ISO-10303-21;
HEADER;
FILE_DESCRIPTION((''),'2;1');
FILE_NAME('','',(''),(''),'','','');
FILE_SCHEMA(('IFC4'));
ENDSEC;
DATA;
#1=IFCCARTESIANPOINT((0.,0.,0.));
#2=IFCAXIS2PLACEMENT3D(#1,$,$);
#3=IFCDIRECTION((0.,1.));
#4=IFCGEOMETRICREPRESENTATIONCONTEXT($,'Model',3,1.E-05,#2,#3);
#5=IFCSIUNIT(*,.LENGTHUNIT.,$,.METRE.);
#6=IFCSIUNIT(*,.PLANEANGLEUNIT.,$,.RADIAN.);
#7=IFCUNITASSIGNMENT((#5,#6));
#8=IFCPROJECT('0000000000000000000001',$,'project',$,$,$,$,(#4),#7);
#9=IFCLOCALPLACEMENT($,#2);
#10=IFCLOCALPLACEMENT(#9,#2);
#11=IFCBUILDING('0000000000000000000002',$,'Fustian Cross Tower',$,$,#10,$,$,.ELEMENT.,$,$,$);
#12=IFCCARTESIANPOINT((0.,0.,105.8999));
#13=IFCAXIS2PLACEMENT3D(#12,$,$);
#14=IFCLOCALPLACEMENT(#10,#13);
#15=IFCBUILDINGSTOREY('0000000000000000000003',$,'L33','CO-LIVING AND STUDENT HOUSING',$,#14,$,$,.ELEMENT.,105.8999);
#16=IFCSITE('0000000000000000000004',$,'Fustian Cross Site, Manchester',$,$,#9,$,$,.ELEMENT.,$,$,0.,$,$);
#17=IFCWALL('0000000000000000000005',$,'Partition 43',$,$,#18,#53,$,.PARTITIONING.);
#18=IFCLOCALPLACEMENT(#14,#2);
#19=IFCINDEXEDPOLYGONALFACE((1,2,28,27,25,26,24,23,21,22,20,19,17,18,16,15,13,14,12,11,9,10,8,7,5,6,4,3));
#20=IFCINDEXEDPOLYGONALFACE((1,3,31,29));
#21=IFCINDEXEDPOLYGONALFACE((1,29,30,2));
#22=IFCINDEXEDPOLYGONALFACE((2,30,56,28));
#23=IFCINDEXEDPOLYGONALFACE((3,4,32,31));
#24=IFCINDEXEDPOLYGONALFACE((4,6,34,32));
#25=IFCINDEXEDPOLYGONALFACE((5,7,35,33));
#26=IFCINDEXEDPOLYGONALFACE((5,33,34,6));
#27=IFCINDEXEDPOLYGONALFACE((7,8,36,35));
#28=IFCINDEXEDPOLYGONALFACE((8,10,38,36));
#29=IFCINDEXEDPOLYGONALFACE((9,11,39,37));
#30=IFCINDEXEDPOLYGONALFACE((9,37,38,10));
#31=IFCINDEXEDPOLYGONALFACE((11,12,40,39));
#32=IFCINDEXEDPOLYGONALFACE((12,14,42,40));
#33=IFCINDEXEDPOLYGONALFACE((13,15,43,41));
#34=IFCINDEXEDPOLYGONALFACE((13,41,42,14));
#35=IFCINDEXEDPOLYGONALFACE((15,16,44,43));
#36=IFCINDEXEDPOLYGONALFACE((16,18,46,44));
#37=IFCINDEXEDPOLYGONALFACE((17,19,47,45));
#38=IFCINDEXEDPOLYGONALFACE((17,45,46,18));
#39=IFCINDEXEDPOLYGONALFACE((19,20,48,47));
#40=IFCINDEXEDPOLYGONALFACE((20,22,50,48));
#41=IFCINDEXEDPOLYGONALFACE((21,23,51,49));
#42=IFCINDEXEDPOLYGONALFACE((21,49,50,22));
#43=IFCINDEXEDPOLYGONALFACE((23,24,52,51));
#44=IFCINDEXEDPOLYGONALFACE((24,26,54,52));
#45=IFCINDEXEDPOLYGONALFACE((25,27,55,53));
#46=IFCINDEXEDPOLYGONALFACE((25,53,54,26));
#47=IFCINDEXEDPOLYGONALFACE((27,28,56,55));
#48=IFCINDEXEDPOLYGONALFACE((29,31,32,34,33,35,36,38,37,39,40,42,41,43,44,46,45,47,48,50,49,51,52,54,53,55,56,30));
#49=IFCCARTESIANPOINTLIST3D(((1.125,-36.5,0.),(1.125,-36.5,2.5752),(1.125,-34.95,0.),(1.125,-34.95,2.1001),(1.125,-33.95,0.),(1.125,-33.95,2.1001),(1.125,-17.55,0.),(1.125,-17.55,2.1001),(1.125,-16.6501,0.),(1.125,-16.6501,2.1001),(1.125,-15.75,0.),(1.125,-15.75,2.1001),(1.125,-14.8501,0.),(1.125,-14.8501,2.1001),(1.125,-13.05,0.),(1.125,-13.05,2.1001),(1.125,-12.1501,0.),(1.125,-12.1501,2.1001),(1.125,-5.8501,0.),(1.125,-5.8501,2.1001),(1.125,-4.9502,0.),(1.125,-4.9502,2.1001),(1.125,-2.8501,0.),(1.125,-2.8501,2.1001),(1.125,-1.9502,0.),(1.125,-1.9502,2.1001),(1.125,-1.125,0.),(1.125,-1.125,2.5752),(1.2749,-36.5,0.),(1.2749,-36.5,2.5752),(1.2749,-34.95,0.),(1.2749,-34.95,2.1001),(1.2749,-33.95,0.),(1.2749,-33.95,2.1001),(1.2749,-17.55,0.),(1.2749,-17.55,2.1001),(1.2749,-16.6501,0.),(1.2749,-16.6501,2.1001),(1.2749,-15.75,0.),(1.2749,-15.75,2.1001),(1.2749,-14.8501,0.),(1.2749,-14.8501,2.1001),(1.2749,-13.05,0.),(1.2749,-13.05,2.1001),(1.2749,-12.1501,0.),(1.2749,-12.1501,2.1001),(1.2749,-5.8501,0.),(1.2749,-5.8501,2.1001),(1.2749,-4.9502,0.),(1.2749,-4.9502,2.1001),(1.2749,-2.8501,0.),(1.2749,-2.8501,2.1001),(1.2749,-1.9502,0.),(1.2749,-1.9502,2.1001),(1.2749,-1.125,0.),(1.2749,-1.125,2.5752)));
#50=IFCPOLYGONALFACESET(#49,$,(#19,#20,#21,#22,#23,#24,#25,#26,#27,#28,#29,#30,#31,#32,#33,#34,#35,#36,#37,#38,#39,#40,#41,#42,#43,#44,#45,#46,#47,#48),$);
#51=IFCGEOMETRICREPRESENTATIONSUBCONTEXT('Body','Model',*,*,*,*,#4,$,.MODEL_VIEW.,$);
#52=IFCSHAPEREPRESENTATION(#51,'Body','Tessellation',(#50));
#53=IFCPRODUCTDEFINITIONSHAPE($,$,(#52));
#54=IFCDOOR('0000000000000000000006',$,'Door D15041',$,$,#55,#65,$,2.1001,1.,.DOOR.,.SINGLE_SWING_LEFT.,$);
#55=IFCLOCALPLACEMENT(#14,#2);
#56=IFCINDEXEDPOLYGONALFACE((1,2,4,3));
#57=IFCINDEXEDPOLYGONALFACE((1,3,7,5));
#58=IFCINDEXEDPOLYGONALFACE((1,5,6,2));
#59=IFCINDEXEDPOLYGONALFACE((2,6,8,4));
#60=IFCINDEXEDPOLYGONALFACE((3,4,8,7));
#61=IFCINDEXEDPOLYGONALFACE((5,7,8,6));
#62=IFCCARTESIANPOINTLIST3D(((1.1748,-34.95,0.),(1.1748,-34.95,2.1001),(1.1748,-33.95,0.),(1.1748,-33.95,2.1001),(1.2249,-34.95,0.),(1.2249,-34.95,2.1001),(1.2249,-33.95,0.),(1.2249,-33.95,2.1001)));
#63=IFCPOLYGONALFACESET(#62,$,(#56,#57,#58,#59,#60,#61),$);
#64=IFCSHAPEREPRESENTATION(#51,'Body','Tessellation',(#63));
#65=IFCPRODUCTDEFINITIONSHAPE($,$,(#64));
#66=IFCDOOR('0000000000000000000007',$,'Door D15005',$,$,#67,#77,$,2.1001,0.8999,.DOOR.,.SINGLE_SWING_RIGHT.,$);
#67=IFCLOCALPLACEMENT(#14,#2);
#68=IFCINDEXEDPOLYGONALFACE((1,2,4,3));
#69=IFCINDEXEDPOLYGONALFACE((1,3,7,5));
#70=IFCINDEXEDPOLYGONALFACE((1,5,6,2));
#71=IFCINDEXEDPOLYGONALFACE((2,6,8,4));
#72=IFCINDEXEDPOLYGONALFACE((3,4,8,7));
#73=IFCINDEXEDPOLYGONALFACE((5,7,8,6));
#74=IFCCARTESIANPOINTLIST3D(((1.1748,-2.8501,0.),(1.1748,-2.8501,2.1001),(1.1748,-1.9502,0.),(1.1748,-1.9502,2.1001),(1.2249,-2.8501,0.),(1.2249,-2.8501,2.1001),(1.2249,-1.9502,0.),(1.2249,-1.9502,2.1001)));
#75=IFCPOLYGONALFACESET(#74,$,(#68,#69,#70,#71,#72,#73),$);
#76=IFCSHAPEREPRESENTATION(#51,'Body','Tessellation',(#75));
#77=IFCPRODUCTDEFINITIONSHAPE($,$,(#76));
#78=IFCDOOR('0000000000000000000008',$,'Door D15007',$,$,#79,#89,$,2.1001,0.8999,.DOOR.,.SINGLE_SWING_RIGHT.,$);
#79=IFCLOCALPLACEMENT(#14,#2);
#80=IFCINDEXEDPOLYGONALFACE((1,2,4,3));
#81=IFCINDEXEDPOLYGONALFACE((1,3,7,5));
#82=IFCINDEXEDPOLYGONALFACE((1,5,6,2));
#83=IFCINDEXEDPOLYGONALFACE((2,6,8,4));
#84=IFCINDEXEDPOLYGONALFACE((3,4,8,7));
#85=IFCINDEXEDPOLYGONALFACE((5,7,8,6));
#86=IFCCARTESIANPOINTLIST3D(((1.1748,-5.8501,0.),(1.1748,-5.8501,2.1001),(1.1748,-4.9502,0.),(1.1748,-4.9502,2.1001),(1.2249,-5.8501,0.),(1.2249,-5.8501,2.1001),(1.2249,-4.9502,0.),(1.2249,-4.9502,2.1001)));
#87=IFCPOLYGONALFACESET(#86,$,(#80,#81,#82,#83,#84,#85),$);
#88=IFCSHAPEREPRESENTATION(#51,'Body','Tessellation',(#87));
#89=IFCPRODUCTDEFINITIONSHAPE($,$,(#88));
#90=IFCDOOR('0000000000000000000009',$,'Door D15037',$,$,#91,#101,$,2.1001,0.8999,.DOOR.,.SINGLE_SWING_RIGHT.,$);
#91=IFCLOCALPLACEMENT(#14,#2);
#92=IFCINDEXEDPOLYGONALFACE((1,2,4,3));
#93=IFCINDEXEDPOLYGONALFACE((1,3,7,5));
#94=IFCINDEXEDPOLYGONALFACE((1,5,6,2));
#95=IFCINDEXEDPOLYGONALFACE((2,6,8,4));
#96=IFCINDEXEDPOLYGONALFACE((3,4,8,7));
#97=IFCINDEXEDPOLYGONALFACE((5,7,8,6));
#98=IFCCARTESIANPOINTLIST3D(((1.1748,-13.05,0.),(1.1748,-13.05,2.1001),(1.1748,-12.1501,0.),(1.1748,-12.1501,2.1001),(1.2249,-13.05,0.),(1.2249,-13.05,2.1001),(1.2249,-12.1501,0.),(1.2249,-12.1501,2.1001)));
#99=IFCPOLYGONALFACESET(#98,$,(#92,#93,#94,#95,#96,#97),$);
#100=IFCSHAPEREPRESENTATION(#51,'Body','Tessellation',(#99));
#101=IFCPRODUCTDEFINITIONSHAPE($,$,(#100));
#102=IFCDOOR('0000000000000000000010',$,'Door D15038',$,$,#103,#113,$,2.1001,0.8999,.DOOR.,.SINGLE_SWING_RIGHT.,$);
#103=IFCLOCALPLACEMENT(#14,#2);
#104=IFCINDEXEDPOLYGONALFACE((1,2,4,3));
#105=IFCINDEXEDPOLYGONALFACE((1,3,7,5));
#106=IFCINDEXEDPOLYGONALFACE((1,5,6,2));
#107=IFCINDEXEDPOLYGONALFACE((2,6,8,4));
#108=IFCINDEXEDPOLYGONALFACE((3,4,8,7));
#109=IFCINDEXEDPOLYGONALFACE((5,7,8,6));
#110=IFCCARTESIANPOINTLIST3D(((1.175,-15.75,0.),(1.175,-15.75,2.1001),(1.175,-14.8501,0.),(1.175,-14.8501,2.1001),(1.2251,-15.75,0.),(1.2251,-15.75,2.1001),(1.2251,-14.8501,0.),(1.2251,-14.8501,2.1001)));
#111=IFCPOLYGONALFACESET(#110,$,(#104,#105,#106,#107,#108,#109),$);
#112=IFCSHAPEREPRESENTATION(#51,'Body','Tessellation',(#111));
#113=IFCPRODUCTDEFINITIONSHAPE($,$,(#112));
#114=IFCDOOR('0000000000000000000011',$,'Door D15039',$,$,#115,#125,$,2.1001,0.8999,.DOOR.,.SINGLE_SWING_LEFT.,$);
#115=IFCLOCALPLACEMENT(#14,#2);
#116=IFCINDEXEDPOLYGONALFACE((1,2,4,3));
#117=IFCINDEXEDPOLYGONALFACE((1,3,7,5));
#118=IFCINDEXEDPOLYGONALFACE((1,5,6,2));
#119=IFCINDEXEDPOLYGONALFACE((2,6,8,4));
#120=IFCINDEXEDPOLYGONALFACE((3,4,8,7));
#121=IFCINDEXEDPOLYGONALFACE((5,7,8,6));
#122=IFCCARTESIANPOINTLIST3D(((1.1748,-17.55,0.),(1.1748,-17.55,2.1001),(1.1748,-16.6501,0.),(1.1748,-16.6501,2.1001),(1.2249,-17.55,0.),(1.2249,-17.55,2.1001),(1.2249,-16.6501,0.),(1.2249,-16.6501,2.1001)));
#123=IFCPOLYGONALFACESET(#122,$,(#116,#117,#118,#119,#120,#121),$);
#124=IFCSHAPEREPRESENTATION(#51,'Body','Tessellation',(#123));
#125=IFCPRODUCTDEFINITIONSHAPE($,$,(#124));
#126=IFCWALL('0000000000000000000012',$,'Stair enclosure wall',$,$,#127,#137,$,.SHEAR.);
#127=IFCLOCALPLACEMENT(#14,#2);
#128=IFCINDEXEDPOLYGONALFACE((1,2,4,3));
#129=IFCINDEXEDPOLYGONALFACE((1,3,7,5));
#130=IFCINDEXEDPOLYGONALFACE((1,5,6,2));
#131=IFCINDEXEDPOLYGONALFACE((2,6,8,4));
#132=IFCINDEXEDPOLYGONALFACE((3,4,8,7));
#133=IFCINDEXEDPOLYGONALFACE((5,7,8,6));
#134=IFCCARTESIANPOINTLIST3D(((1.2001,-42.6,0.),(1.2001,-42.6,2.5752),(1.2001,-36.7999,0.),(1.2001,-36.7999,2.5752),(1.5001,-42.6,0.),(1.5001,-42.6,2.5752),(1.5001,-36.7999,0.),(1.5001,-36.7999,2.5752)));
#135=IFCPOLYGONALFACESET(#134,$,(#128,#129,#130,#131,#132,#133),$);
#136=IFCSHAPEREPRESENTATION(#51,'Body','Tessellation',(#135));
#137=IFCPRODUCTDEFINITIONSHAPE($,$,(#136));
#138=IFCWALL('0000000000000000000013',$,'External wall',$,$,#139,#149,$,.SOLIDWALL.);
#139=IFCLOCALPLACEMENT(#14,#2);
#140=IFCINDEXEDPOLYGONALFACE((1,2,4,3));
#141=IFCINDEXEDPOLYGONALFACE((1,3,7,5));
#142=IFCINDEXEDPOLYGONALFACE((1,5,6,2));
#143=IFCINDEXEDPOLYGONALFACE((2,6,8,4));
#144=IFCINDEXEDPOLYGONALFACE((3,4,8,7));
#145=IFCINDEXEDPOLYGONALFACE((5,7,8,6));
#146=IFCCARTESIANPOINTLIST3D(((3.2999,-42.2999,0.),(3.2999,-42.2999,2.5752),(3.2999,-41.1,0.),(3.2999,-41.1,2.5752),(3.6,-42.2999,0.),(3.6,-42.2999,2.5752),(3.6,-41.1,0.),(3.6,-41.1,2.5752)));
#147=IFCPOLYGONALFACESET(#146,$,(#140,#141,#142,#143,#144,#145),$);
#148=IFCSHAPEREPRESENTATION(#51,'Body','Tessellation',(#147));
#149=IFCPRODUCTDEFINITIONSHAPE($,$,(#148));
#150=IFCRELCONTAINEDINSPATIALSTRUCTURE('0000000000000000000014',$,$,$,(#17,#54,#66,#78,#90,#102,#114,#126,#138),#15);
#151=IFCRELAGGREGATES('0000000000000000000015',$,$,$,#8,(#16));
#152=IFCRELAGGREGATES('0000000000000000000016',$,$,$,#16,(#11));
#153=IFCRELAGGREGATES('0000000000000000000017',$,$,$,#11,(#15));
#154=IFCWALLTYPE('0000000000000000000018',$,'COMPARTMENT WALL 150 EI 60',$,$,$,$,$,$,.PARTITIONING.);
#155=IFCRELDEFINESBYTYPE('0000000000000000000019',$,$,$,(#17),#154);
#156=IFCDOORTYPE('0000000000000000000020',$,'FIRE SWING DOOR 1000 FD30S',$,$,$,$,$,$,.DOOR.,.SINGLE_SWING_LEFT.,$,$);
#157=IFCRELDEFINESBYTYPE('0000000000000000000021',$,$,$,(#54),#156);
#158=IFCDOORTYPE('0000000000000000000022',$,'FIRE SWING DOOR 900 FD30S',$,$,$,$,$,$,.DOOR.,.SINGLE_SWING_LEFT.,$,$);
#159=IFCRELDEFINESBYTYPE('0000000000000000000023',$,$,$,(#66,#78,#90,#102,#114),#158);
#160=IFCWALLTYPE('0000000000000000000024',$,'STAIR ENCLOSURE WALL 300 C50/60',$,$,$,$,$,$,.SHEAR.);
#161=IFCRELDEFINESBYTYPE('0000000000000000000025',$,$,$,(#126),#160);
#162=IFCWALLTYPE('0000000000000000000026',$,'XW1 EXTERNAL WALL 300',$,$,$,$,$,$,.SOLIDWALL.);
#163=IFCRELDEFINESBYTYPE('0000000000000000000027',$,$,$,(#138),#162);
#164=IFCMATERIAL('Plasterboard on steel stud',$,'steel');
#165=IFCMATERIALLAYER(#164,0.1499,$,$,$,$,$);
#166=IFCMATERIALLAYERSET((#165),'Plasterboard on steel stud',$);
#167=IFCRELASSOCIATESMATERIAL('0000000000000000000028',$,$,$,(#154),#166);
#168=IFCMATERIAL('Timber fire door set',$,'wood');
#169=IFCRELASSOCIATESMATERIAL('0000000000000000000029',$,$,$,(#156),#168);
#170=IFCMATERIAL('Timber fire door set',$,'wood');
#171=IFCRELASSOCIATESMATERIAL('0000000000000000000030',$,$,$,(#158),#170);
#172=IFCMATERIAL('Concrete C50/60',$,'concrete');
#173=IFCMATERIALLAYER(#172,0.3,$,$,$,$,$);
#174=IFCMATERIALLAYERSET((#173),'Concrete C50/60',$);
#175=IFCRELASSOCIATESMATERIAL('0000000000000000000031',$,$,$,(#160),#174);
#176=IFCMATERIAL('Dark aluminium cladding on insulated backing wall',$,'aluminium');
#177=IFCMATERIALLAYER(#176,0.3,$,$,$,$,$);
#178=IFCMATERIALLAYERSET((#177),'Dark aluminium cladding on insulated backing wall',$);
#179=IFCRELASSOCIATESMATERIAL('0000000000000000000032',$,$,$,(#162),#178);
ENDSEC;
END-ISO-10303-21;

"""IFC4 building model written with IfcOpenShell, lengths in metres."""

from ifc_helpers import new_model, si_unit, direction, frame, frame_2d, origin, place, context, subcontext, project, spatial, rectangle, extrude, material, layer, layer_set, type_object, element, fill, save


model = new_model("IFC4")

# Units and contexts
model_context = context("Model", 3, precision=1e-05, world=origin(), true_north=direction((0.0, 1.0)))
body_context = subcontext(model_context, "Body", "Model", "MODEL_VIEW")
ifc_project = project(units=[si_unit("LENGTHUNIT", "METRE"), si_unit("PLANEANGLEUNIT", "RADIAN")], contexts=[model_context])

# Site, building, storey
site_placement = place(None, origin())
site = spatial("IfcSite", under=ifc_project, at=site_placement, Name="Fustian Cross Site, Manchester", CompositionType="ELEMENT", RefElevation=0.0)
building_placement = place(site_placement, origin())
building = spatial("IfcBuilding", under=site, at=building_placement, Name="Fustian Cross Tower", CompositionType="ELEMENT")
storey_placement = place(building_placement, frame((0.0, 0.0, 105.8999)))
storey = spatial("IfcBuildingStorey", under=building, at=storey_placement, Name="L33", Description="CO-LIVING AND STUDENT HOUSING", CompositionType="ELEMENT", Elevation=105.8999)

# Wall, openings, doors
ifc_material_1 = material(Name="Plasterboard on steel stud", Category="steel")
ifc_layer_1 = layer(ifc_material_1, 0.1499)
ifc_layer_set_1 = layer_set([ifc_layer_1], Name="Plasterboard on steel stud")
wall_type_1 = type_object("IfcWallType", Name="COMPARTMENT WALL 150 EI 60", PredefinedType="PARTITIONING", material=ifc_layer_set_1)
wall_1_placement = place(storey_placement, frame((1.2, -36.5, 0.0), z_axis=(0.0, 0.0, 1.0), x_axis=(0.0, 1.0, 0.0)))
wall_1 = element("IfcWall", 1, at=wall_1_placement, inside=storey, type_object=wall_type_1, Name="Partition 43", PredefinedType="PARTITIONING", context=body_context, shape_type="SweptSolid", body=[
    extrude(rectangle(XDim=35.375, YDim=0.1499, at=frame_2d((17.6875, 0.0))), origin(), (0.0, 0.0, 1.0), 2.5752),
])
opening_1_placement = place(wall_1_placement, frame((33.6499, 0.0, 0.0)))
opening_1 = element("IfcOpeningElement", 2, at=opening_1_placement, cuts=wall_1, PredefinedType="OPENING", context=body_context, shape_type="SweptSolid", body=[
    extrude(rectangle(XDim=0.8999, YDim=2.1001, at=frame_2d((0.45, 1.05))), frame((0.0, 0.085, 0.0), z_axis=(0.0, -1.0, 0.0), x_axis=(1.0, 0.0, 0.0)), (0.0, 0.0, 1.0), 0.1699),
])
opening_2_placement = place(wall_1_placement, frame((30.6499, 0.0, 0.0)))
opening_2 = element("IfcOpeningElement", 3, at=opening_2_placement, cuts=wall_1, PredefinedType="OPENING", context=body_context, shape_type="SweptSolid", body=[
    extrude(rectangle(XDim=0.8999, YDim=2.1001, at=frame_2d((0.45, 1.05))), frame((0.0, 0.085, 0.0), z_axis=(0.0, -1.0, 0.0), x_axis=(1.0, 0.0, 0.0)), (0.0, 0.0, 1.0), 0.1699),
])
opening_3_placement = place(wall_1_placement, frame((23.45, 0.0, 0.0)))
opening_3 = element("IfcOpeningElement", 4, at=opening_3_placement, cuts=wall_1, PredefinedType="OPENING", context=body_context, shape_type="SweptSolid", body=[
    extrude(rectangle(XDim=0.8999, YDim=2.1001, at=frame_2d((0.45, 1.05))), frame((0.0, 0.085, 0.0), z_axis=(0.0, -1.0, 0.0), x_axis=(1.0, 0.0, 0.0)), (0.0, 0.0, 1.0), 0.1699),
])
opening_4_placement = place(wall_1_placement, frame((20.75, 0.0, 0.0)))
opening_4 = element("IfcOpeningElement", 5, at=opening_4_placement, cuts=wall_1, PredefinedType="OPENING", context=body_context, shape_type="SweptSolid", body=[
    extrude(rectangle(XDim=0.8999, YDim=2.1001, at=frame_2d((0.45, 1.05))), frame((0.0, 0.085, 0.0), z_axis=(0.0, -1.0, 0.0), x_axis=(1.0, 0.0, 0.0)), (0.0, 0.0, 1.0), 0.1699),
])
opening_5_placement = place(wall_1_placement, frame((18.95, 0.0, 0.0)))
opening_5 = element("IfcOpeningElement", 6, at=opening_5_placement, cuts=wall_1, PredefinedType="OPENING", context=body_context, shape_type="SweptSolid", body=[
    extrude(rectangle(XDim=0.8999, YDim=2.1001, at=frame_2d((0.45, 1.05))), frame((0.0, 0.085, 0.0), z_axis=(0.0, -1.0, 0.0), x_axis=(1.0, 0.0, 0.0)), (0.0, 0.0, 1.0), 0.1699),
])
opening_6_placement = place(wall_1_placement, frame((1.55, 0.0, 0.0)))
opening_6 = element("IfcOpeningElement", 7, at=opening_6_placement, cuts=wall_1, PredefinedType="OPENING", context=body_context, shape_type="SweptSolid", body=[
    extrude(rectangle(XDim=1.0, YDim=2.1001, at=frame_2d((0.5, 1.05))), frame((0.0, 0.085, 0.0), z_axis=(0.0, -1.0, 0.0), x_axis=(1.0, 0.0, 0.0)), (0.0, 0.0, 1.0), 0.1699),
])
ifc_material_2 = material(Name="Timber fire door set", Category="wood")
door_type_1 = type_object("IfcDoorType", Name="FIRE SWING DOOR 1000 FD30S", OperationType="SINGLE_SWING_LEFT", PredefinedType="DOOR", material=ifc_material_2)
door_1_placement = place(opening_6_placement, frame((1.0, 0.0, 0.0), z_axis=(0.0, 0.0, 1.0), x_axis=(-1.0, 0.0, 0.0)))
door_1 = element("IfcDoor", 8, at=door_1_placement, inside=storey, type_object=door_type_1, Name="Door D15041", OperationType="SINGLE_SWING_LEFT", OverallHeight=2.1001, OverallWidth=1.0, PredefinedType="DOOR", context=body_context, shape_type="SweptSolid", body=[
    extrude(rectangle(XDim=1.0, YDim=2.1001, at=frame_2d((0.5, 1.05))), frame((0.0, 0.0249, 0.0), z_axis=(0.0, -1.0, 0.0), x_axis=(1.0, 0.0, 0.0)), (0.0, 0.0, 1.0), 0.05),
])
fill(opening_6, door_1)
ifc_material_3 = material(Name="Timber fire door set", Category="wood")
door_type_2 = type_object("IfcDoorType", Name="FIRE SWING DOOR 900 FD30S", OperationType="SINGLE_SWING_LEFT", PredefinedType="DOOR", material=ifc_material_3)
door_2_placement = place(opening_1_placement, frame((0.8999, 0.0, 0.0), z_axis=(0.0, 0.0, 1.0), x_axis=(-1.0, 0.0, 0.0)))
door_2 = element("IfcDoor", 9, at=door_2_placement, inside=storey, type_object=door_type_2, Name="Door D15005", OperationType="SINGLE_SWING_RIGHT", OverallHeight=2.1001, OverallWidth=0.8999, PredefinedType="DOOR", context=body_context, shape_type="SweptSolid", body=[
    extrude(rectangle(XDim=0.8999, YDim=2.1001, at=frame_2d((0.45, 1.05))), frame((0.0, 0.0249, 0.0), z_axis=(0.0, -1.0, 0.0), x_axis=(1.0, 0.0, 0.0)), (0.0, 0.0, 1.0), 0.05),
])
fill(opening_1, door_2)
door_3_placement = place(opening_2_placement, frame((0.8999, 0.0, 0.0), z_axis=(0.0, 0.0, 1.0), x_axis=(-1.0, 0.0, 0.0)))
door_3 = element("IfcDoor", 10, at=door_3_placement, inside=storey, type_object=door_type_2, Name="Door D15007", OperationType="SINGLE_SWING_RIGHT", OverallHeight=2.1001, OverallWidth=0.8999, PredefinedType="DOOR", context=body_context, shape_type="SweptSolid", body=[
    extrude(rectangle(XDim=0.8999, YDim=2.1001, at=frame_2d((0.45, 1.05))), frame((0.0, 0.0249, 0.0), z_axis=(0.0, -1.0, 0.0), x_axis=(1.0, 0.0, 0.0)), (0.0, 0.0, 1.0), 0.05),
])
fill(opening_2, door_3)
door_4_placement = place(opening_3_placement, frame((0.8999, 0.0, 0.0), z_axis=(0.0, 0.0, 1.0), x_axis=(-1.0, 0.0, 0.0)))
door_4 = element("IfcDoor", 11, at=door_4_placement, inside=storey, type_object=door_type_2, Name="Door D15037", OperationType="SINGLE_SWING_RIGHT", OverallHeight=2.1001, OverallWidth=0.8999, PredefinedType="DOOR", context=body_context, shape_type="SweptSolid", body=[
    extrude(rectangle(XDim=0.8999, YDim=2.1001, at=frame_2d((0.45, 1.05))), frame((0.0, 0.0249, 0.0), z_axis=(0.0, -1.0, 0.0), x_axis=(1.0, 0.0, 0.0)), (0.0, 0.0, 1.0), 0.05),
])
fill(opening_3, door_4)
door_5_placement = place(opening_4_placement, origin())
door_5 = element("IfcDoor", 12, at=door_5_placement, inside=storey, type_object=door_type_2, Name="Door D15038", OperationType="SINGLE_SWING_RIGHT", OverallHeight=2.1001, OverallWidth=0.8999, PredefinedType="DOOR", context=body_context, shape_type="SweptSolid", body=[
    extrude(rectangle(XDim=0.8999, YDim=2.1001, at=frame_2d((0.45, 1.05))), frame((0.0, 0.0249, 0.0), z_axis=(0.0, -1.0, 0.0), x_axis=(1.0, 0.0, 0.0)), (0.0, 0.0, 1.0), 0.05),
])
fill(opening_4, door_5)
door_6_placement = place(opening_5_placement, frame((0.8999, 0.0, 0.0), z_axis=(0.0, 0.0, 1.0), x_axis=(-1.0, 0.0, 0.0)))
door_6 = element("IfcDoor", 13, at=door_6_placement, inside=storey, type_object=door_type_2, Name="Door D15039", OperationType="SINGLE_SWING_LEFT", OverallHeight=2.1001, OverallWidth=0.8999, PredefinedType="DOOR", context=body_context, shape_type="SweptSolid", body=[
    extrude(rectangle(XDim=0.8999, YDim=2.1001, at=frame_2d((0.45, 1.05))), frame((0.0, 0.0249, 0.0), z_axis=(0.0, -1.0, 0.0), x_axis=(1.0, 0.0, 0.0)), (0.0, 0.0, 1.0), 0.05),
])
fill(opening_5, door_6)

# Walls
ifc_material_4 = material(Name="Concrete C50/60", Category="concrete")
ifc_layer_2 = layer(ifc_material_4, 0.3)
ifc_layer_set_2 = layer_set([ifc_layer_2], Name="Concrete C50/60")
wall_type_2 = type_object("IfcWallType", Name="STAIR ENCLOSURE WALL 300 C50/60", PredefinedType="SHEAR", material=ifc_layer_set_2)
wall_2_placement = place(storey_placement, frame((1.3501, -36.8, 0.0), z_axis=(0.0, 0.0, 1.0), x_axis=(0.0, -1.0, 0.0)))
element("IfcWall", 14, at=wall_2_placement, inside=storey, type_object=wall_type_2, Name="Stair enclosure wall", PredefinedType="SHEAR", context=body_context, shape_type="SweptSolid", body=[
    extrude(rectangle(XDim=5.8, YDim=0.3, at=frame_2d((2.8999, 0.0))), origin(), (0.0, 0.0, 1.0), 2.5752),
])
ifc_material_5 = material(Name="Dark aluminium cladding on insulated backing wall", Category="aluminium")
ifc_layer_3 = layer(ifc_material_5, 0.3)
ifc_layer_set_3 = layer_set([ifc_layer_3], Name="Dark aluminium cladding on insulated backing wall")
wall_type_3 = type_object("IfcWallType", Name="XW1 EXTERNAL WALL 300", PredefinedType="SOLIDWALL", material=ifc_layer_set_3)
wall_3_placement = place(storey_placement, frame((3.45, -42.3, 0.0), z_axis=(0.0, 0.0, 1.0), x_axis=(0.0, 1.0, 0.0)))
element("IfcWall", 15, at=wall_3_placement, inside=storey, type_object=wall_type_3, Name="External wall", PredefinedType="SOLIDWALL", context=body_context, shape_type="SweptSolid", body=[
    extrude(rectangle(XDim=1.2, YDim=0.3, at=frame_2d((0.6001, 0.0))), origin(), (0.0, 0.0, 1.0), 2.5752),
])

save(model, "model.ifc")
